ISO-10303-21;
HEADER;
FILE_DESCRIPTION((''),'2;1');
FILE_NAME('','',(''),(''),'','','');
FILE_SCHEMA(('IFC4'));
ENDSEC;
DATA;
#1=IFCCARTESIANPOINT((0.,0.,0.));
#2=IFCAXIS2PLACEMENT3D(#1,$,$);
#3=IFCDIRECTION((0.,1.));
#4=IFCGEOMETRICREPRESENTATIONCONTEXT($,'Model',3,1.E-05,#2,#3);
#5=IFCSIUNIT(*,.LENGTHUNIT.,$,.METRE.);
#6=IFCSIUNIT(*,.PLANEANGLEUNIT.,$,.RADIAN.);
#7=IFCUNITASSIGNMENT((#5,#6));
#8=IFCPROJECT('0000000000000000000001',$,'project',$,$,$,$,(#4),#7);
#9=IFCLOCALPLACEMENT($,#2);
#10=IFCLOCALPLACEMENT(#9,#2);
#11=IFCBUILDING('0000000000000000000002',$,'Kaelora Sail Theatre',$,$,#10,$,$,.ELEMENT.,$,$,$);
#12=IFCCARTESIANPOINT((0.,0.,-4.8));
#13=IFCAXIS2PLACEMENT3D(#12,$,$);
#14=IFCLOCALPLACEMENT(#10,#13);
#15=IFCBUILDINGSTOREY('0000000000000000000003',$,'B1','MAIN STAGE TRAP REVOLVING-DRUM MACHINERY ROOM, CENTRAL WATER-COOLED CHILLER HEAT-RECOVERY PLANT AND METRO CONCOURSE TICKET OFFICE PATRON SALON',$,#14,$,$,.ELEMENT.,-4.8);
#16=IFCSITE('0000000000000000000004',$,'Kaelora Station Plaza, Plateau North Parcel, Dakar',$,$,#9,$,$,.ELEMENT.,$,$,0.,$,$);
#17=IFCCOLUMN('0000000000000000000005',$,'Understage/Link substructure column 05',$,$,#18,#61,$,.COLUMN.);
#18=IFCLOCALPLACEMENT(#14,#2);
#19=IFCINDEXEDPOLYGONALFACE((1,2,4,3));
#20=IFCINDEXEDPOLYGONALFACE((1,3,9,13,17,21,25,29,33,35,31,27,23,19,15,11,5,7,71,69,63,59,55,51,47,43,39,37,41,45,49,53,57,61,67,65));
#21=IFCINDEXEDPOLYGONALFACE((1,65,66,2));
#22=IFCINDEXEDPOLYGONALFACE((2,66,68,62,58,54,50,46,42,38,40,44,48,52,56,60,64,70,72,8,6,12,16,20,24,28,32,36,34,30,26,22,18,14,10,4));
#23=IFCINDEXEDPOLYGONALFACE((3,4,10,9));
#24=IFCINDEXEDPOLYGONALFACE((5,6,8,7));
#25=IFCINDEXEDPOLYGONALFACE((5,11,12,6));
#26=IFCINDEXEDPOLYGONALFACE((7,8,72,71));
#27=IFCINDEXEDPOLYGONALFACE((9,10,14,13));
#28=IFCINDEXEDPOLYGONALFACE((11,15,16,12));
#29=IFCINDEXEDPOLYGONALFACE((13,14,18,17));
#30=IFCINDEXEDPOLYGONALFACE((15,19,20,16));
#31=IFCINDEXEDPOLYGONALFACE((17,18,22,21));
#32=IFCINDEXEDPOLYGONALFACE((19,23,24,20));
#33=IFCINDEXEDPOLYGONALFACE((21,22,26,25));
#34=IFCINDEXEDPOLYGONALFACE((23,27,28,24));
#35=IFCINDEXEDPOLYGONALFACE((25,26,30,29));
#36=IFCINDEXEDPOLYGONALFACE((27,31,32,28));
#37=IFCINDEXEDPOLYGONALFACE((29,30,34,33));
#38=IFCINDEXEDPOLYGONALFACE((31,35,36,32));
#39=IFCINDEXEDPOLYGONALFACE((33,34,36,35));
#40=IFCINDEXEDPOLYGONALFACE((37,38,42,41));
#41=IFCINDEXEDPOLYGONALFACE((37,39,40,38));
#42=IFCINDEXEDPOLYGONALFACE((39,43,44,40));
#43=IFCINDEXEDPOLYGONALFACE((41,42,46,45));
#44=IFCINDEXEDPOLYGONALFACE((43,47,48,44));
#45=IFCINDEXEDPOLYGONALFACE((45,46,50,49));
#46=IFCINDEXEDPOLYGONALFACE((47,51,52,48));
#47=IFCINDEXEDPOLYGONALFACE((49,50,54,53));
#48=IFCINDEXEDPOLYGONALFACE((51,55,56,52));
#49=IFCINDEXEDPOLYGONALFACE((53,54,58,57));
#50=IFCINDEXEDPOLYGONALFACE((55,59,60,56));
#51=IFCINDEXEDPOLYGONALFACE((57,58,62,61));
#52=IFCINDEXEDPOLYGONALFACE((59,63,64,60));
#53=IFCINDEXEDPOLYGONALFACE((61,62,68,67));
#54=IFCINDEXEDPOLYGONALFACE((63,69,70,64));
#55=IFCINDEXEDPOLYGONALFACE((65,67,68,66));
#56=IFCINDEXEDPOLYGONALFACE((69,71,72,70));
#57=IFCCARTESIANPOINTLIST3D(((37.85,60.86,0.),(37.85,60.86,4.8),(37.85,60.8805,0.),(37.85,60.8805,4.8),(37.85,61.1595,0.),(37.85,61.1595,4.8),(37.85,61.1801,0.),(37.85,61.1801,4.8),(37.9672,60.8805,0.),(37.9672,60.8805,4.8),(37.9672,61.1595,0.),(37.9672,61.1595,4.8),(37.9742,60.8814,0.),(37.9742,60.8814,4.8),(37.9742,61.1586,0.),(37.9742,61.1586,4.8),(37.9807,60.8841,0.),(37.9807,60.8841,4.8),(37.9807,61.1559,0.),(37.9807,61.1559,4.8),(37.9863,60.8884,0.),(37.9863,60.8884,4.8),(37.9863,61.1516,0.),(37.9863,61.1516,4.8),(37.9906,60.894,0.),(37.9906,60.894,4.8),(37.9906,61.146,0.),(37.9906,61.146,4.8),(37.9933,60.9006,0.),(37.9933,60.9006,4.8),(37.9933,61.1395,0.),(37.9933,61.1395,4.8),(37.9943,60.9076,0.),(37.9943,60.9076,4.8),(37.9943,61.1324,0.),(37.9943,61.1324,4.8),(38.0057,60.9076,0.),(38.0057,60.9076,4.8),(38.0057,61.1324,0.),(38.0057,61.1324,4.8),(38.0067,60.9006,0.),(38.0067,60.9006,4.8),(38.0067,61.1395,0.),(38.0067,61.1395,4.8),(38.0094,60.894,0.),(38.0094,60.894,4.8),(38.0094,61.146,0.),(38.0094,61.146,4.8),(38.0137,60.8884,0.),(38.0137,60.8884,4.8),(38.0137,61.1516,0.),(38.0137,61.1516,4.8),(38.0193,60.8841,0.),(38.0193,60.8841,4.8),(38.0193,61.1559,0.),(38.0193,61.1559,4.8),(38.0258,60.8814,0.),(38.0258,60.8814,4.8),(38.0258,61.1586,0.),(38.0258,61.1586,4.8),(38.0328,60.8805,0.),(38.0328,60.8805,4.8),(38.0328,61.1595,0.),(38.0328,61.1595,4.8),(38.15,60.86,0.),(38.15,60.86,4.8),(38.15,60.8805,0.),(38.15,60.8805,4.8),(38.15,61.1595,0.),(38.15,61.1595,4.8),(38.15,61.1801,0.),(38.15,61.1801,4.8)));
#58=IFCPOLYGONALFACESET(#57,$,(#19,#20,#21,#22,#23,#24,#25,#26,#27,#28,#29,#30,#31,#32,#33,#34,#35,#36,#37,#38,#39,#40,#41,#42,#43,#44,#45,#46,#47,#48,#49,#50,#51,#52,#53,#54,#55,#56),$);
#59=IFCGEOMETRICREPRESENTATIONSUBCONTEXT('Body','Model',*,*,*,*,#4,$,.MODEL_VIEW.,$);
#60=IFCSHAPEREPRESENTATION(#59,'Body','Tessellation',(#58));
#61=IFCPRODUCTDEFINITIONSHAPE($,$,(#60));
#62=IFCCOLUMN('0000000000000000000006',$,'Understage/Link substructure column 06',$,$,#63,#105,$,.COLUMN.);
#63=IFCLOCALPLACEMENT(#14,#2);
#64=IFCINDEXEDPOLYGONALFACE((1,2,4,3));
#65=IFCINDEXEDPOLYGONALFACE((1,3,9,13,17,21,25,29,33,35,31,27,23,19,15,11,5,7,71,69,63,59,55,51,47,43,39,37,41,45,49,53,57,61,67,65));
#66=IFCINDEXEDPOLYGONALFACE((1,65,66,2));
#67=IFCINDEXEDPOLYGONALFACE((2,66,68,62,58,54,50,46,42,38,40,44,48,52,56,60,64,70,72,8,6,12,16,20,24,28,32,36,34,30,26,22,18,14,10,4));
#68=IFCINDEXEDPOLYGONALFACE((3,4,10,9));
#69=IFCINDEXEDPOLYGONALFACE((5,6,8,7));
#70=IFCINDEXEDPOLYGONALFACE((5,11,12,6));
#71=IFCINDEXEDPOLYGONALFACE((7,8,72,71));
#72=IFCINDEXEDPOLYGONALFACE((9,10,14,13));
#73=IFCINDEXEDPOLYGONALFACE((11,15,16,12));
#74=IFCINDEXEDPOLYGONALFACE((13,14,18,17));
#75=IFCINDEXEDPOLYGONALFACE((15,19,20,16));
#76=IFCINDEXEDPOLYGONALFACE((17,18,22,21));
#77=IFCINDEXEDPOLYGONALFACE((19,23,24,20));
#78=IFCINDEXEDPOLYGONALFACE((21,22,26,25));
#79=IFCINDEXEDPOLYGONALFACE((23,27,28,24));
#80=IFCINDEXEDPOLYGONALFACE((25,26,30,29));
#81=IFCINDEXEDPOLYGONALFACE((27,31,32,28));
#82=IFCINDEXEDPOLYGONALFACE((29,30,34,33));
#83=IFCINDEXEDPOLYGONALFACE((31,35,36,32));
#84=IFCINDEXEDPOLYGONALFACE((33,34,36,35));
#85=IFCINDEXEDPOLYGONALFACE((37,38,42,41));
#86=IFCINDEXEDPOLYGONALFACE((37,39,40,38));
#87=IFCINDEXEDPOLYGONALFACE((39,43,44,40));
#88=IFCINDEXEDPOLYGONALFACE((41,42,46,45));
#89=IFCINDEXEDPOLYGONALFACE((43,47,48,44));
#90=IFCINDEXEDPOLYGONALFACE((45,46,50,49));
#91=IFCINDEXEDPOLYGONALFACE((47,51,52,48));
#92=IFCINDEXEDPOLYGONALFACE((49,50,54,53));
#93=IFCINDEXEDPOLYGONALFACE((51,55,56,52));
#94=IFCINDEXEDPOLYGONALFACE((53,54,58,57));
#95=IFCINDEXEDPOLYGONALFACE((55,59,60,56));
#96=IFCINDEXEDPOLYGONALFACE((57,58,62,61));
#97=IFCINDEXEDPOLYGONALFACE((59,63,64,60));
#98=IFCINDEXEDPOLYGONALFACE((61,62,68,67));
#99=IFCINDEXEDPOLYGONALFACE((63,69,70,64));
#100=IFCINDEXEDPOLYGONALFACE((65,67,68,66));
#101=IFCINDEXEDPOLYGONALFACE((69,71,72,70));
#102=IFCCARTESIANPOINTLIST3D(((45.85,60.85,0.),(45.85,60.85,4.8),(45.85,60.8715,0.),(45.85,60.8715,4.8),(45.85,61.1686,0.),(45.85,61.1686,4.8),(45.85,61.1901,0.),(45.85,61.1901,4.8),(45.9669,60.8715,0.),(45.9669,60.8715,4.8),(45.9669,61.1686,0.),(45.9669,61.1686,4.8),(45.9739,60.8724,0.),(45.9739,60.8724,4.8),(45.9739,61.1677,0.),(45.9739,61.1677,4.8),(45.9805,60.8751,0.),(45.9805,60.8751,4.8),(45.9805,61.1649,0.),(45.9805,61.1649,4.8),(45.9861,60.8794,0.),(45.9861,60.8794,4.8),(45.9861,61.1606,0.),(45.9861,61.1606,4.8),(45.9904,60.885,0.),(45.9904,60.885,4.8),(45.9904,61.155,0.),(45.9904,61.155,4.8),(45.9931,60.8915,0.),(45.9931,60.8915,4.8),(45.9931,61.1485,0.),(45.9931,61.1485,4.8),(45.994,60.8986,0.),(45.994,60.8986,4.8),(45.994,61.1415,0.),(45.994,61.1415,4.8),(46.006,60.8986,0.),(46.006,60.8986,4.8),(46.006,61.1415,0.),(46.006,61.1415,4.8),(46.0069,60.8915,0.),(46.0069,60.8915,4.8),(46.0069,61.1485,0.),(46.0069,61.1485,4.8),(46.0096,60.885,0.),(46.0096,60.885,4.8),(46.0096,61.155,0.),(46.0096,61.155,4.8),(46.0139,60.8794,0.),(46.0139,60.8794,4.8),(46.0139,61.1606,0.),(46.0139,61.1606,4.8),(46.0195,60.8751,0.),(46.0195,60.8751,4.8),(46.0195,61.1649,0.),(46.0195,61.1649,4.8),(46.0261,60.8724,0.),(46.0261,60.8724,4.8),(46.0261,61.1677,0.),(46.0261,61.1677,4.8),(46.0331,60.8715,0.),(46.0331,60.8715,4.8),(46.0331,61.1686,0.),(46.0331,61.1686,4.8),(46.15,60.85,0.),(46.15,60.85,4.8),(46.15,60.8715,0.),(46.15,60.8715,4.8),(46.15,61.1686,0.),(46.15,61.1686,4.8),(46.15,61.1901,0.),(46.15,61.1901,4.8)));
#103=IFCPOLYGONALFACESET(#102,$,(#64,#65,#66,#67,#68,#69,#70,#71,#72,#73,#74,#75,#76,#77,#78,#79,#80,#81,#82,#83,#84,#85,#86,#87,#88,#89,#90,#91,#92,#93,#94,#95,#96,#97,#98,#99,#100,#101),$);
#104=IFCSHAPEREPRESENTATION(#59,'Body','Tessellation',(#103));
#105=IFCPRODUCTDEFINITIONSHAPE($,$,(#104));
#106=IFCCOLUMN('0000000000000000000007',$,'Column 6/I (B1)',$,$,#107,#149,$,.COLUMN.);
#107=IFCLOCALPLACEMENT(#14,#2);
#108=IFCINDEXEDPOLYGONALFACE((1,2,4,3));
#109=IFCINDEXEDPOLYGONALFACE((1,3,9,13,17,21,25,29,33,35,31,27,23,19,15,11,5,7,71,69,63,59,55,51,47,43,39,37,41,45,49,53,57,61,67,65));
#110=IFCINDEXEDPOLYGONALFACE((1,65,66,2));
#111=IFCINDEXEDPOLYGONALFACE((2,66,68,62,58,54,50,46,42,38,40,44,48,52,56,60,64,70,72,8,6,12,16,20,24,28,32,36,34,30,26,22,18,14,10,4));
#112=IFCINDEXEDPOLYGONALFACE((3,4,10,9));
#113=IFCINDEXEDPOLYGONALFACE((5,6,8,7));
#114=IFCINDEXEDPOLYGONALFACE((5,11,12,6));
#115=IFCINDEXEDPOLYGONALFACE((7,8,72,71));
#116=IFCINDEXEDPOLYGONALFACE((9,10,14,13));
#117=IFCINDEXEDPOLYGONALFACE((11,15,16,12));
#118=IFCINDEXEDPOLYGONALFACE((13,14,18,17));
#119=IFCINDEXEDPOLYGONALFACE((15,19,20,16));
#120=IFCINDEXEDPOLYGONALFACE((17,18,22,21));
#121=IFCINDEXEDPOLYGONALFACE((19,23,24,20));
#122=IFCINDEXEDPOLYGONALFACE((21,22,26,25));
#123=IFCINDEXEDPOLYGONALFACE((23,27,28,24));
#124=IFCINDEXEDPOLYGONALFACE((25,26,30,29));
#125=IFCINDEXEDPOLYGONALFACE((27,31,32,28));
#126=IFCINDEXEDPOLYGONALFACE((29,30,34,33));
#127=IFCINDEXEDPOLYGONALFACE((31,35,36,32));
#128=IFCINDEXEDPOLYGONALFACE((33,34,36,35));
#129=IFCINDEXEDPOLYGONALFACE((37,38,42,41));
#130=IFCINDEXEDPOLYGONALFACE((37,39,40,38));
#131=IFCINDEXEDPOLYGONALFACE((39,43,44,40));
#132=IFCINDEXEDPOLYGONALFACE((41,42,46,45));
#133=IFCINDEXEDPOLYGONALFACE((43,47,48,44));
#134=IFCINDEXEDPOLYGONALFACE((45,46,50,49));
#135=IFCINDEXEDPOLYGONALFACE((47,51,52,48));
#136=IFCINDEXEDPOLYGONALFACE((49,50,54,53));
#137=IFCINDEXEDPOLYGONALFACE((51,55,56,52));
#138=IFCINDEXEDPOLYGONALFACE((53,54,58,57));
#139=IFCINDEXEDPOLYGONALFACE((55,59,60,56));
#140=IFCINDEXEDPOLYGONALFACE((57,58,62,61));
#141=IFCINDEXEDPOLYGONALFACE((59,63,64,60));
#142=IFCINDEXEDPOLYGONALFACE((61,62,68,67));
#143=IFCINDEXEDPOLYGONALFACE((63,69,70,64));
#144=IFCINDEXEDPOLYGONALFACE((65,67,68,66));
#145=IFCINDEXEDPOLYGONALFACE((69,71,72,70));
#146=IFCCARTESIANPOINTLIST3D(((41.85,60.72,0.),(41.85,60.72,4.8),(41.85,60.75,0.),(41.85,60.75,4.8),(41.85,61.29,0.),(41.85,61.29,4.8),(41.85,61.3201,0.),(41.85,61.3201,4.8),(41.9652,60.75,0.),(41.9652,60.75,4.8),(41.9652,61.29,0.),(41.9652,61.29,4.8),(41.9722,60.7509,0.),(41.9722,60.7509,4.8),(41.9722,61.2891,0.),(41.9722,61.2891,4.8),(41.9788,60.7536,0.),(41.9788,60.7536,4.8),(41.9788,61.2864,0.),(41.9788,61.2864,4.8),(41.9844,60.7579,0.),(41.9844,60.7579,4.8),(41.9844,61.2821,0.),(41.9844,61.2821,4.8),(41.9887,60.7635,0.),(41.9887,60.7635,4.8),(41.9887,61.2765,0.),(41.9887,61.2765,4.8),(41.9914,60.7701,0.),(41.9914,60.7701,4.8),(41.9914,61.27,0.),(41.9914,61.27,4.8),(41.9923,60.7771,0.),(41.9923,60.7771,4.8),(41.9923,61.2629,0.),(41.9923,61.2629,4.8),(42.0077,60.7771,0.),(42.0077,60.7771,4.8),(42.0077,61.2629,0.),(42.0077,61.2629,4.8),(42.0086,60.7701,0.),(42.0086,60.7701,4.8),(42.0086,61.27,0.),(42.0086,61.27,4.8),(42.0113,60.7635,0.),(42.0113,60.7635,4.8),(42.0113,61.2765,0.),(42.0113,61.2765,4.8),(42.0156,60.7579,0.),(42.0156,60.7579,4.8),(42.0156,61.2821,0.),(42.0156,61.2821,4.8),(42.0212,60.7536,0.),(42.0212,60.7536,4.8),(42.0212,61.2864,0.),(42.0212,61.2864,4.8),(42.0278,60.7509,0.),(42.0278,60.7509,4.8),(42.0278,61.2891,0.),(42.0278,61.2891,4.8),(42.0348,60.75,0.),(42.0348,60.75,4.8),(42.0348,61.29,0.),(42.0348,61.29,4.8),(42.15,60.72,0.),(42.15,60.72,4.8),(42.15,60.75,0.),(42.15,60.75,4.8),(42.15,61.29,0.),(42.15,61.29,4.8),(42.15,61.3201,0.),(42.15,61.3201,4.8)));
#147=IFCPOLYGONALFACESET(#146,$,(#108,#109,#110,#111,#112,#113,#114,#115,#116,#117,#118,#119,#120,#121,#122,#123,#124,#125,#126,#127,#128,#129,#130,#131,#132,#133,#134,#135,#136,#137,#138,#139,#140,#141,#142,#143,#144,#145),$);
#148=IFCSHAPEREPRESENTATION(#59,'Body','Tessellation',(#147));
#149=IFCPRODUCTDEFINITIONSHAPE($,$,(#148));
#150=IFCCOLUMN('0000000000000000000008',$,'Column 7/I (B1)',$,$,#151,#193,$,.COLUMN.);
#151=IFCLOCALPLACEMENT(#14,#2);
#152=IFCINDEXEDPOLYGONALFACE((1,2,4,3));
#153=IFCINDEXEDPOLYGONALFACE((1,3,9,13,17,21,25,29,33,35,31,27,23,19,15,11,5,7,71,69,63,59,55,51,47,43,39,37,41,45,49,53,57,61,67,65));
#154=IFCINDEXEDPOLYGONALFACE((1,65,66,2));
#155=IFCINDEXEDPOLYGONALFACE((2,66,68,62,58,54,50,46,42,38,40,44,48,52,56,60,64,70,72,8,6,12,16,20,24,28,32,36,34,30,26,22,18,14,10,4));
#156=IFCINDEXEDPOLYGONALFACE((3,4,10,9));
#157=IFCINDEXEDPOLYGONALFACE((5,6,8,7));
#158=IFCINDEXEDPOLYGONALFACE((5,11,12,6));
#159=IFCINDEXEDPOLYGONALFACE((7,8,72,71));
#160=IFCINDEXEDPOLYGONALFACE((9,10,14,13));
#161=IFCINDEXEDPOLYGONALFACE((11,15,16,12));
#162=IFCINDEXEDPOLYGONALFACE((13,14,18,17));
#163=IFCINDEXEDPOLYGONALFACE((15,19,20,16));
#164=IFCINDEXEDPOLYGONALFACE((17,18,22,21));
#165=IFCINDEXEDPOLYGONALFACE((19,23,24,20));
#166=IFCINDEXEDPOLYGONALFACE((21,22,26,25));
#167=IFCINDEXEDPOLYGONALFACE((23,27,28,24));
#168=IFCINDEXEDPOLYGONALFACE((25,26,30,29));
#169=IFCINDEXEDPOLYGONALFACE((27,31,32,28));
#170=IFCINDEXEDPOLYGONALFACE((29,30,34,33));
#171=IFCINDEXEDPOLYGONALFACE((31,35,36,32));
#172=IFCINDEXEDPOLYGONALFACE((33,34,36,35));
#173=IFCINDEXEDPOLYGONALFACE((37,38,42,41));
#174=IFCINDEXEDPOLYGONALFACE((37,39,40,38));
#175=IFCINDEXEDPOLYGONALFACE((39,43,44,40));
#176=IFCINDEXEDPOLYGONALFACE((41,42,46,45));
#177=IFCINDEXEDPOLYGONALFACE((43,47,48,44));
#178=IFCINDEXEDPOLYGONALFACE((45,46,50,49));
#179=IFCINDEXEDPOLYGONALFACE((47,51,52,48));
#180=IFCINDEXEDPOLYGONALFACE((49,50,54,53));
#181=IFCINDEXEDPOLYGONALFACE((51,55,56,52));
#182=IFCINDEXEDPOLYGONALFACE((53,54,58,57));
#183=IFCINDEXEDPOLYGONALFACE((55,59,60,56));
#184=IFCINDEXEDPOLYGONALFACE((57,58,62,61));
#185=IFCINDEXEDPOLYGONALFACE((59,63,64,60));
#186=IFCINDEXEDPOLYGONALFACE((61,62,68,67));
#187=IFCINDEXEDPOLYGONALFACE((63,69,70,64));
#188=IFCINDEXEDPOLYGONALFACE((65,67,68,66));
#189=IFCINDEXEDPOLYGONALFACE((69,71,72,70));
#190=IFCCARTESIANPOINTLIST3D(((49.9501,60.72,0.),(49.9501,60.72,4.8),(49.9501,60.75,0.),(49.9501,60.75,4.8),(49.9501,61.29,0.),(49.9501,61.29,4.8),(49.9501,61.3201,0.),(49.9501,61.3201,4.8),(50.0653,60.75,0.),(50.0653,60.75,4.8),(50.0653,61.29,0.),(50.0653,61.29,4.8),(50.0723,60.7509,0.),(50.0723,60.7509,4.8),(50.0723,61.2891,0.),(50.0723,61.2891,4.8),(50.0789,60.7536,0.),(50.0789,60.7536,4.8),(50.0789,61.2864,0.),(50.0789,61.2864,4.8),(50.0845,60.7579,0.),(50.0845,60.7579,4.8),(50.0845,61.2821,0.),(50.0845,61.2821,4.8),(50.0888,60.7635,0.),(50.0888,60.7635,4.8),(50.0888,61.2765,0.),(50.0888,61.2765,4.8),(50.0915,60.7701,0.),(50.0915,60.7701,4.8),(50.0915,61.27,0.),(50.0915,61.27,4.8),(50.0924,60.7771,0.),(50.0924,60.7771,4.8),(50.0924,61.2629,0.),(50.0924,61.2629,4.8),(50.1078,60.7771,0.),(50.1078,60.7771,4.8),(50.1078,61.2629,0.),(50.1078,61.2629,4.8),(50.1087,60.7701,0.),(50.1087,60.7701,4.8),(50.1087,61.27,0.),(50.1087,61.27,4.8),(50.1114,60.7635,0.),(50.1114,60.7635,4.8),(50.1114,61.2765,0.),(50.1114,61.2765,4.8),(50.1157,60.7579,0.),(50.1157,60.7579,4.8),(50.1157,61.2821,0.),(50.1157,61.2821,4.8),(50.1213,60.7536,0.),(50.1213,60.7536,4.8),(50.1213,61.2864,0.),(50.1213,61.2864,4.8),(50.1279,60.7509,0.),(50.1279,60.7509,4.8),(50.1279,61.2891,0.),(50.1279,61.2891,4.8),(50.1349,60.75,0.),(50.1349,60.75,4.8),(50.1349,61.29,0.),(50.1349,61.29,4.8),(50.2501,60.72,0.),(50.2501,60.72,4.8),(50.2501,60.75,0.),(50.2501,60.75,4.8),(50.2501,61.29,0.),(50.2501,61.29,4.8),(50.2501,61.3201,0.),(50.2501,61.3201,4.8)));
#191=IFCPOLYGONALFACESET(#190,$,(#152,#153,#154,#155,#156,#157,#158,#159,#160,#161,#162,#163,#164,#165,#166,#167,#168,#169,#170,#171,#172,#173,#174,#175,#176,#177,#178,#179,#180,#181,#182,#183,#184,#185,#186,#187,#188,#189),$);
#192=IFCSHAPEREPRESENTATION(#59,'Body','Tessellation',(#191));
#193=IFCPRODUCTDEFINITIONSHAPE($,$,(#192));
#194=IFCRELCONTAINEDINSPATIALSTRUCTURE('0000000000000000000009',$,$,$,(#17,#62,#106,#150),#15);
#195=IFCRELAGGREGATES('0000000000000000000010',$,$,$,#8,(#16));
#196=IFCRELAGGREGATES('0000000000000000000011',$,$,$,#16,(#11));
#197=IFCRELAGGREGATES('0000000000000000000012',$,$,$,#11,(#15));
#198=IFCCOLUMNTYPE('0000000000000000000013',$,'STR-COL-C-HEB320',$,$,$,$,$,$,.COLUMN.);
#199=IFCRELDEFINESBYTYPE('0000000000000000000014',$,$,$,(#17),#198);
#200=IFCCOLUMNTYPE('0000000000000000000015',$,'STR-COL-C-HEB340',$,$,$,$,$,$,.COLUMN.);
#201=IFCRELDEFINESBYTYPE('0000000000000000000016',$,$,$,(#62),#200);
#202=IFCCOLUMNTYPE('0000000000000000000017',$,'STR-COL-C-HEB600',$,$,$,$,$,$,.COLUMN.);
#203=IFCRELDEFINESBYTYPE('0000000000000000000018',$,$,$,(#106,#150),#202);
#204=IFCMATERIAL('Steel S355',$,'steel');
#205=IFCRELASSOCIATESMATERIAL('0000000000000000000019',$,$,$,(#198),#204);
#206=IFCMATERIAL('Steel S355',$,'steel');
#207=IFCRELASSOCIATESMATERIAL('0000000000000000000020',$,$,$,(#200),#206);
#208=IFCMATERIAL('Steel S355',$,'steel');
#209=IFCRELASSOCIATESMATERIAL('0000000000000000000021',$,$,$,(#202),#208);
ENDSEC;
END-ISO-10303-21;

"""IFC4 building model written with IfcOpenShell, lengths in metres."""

from ifc_helpers import new_model, si_unit, direction, frame, origin, origin_2d, place, context, subcontext, project, spatial, i_section, extrude, material, material_profile, profile_set, type_object, element, save


model = new_model("IFC4")

# Units and contexts
model_context = context("Model", 3, precision=1e-05, world=origin(), true_north=direction((0.0, 1.0)))
body_context = subcontext(model_context, "Body", "Model", "MODEL_VIEW")
ifc_project = project(units=[si_unit("LENGTHUNIT", "METRE"), si_unit("PLANEANGLEUNIT", "RADIAN")], contexts=[model_context])

# Site, building, storey
site_placement = place(None, origin())
site = spatial("IfcSite", under=ifc_project, at=site_placement, Name="Kaelora Station Plaza, Plateau North Parcel, Dakar", CompositionType="ELEMENT", RefElevation=0.0)
building_placement = place(site_placement, origin())
building = spatial("IfcBuilding", under=site, at=building_placement, Name="Kaelora Sail Theatre", CompositionType="ELEMENT")
storey_placement = place(building_placement, frame((0.0, 0.0, -4.8)))
storey = spatial("IfcBuildingStorey", under=building, at=storey_placement, Name="B1", Description="MAIN STAGE TRAP REVOLVING-DRUM MACHINERY ROOM, CENTRAL WATER-COOLED CHILLER HEAT-RECOVERY PLANT AND METRO CONCOURSE TICKET OFFICE PATRON SALON", CompositionType="ELEMENT", Elevation=-4.8)

# Columns
ifc_material_1 = material(Name="Steel S355", Category="steel")
ifc_material_profile_1 = material_profile(ifc_material_1, i_section(OverallWidth=0.3, OverallDepth=0.3201, WebThickness=0.0115, FlangeThickness=0.0205, FilletRadius=0.0271, at=origin_2d()), Name="HEB 320")
ifc_profile_set_1 = profile_set([ifc_material_profile_1], Name="Steel S355")
column_type_1 = type_object("IfcColumnType", Name="STR-COL-C-HEB320", PredefinedType="COLUMN", material=ifc_profile_set_1)
column_1_placement = place(storey_placement, frame((38.0, 61.02, 0.0), z_axis=(0.0, 0.0, 1.0), x_axis=(1.0, 0.0, 0.0)))
element("IfcColumn", 1, at=column_1_placement, inside=storey, type_object=column_type_1, Name="Understage/Link substructure column 05", PredefinedType="COLUMN", context=body_context, shape_type="SweptSolid", body=[
    extrude(i_section(OverallWidth=0.3, OverallDepth=0.3201, WebThickness=0.0115, FlangeThickness=0.0205, FilletRadius=0.0271, at=origin_2d()), origin(), (0.0, 0.0, 1.0), 4.8),
])
ifc_material_2 = material(Name="Steel S355", Category="steel")
ifc_material_profile_2 = material_profile(ifc_material_2, i_section(OverallWidth=0.3, OverallDepth=0.3401, WebThickness=0.012, FlangeThickness=0.0215, FilletRadius=0.0271, at=origin_2d()), Name="HEB 340")
ifc_profile_set_2 = profile_set([ifc_material_profile_2], Name="Steel S355")
column_type_2 = type_object("IfcColumnType", Name="STR-COL-C-HEB340", PredefinedType="COLUMN", material=ifc_profile_set_2)
column_2_placement = place(storey_placement, frame((46.0, 61.02, 0.0), z_axis=(0.0, 0.0, 1.0), x_axis=(1.0, 0.0, 0.0)))
element("IfcColumn", 2, at=column_2_placement, inside=storey, type_object=column_type_2, Name="Understage/Link substructure column 06", PredefinedType="COLUMN", context=body_context, shape_type="SweptSolid", body=[
    extrude(i_section(OverallWidth=0.3, OverallDepth=0.3401, WebThickness=0.012, FlangeThickness=0.0215, FilletRadius=0.0271, at=origin_2d()), origin(), (0.0, 0.0, 1.0), 4.8),
])
ifc_material_3 = material(Name="Steel S355", Category="steel")
ifc_material_profile_3 = material_profile(ifc_material_3, i_section(OverallWidth=0.3, OverallDepth=0.6001, WebThickness=0.0154, FlangeThickness=0.03, FilletRadius=0.0271, at=origin_2d()), Name="HEB 600")
ifc_profile_set_3 = profile_set([ifc_material_profile_3], Name="Steel S355")
column_type_3 = type_object("IfcColumnType", Name="STR-COL-C-HEB600", PredefinedType="COLUMN", material=ifc_profile_set_3)
for number, where, z_axis, x_axis, name in (
    (3, (42.0, 61.02, 0.0), (0.0, 0.0, 1.0), (1.0, 0.0, 0.0), "Column 6/I (B1)"),
    (4, (50.1001, 61.02, 0.0), (0.0, 0.0, 1.0), (1.0, 0.0, 0.0), "Column 7/I (B1)"),
):
    element("IfcColumn", number, at=place(storey_placement, frame(where, z_axis=z_axis, x_axis=x_axis)), inside=storey, type_object=column_type_3, Name=name, PredefinedType="COLUMN", context=body_context, shape_type="SweptSolid", body=[
        extrude(i_section(OverallWidth=0.3, OverallDepth=0.6001, WebThickness=0.0154, FlangeThickness=0.03, FilletRadius=0.0271, at=origin_2d()), origin(), (0.0, 0.0, 1.0), 4.8),
    ])

save(model, "model.ifc")
